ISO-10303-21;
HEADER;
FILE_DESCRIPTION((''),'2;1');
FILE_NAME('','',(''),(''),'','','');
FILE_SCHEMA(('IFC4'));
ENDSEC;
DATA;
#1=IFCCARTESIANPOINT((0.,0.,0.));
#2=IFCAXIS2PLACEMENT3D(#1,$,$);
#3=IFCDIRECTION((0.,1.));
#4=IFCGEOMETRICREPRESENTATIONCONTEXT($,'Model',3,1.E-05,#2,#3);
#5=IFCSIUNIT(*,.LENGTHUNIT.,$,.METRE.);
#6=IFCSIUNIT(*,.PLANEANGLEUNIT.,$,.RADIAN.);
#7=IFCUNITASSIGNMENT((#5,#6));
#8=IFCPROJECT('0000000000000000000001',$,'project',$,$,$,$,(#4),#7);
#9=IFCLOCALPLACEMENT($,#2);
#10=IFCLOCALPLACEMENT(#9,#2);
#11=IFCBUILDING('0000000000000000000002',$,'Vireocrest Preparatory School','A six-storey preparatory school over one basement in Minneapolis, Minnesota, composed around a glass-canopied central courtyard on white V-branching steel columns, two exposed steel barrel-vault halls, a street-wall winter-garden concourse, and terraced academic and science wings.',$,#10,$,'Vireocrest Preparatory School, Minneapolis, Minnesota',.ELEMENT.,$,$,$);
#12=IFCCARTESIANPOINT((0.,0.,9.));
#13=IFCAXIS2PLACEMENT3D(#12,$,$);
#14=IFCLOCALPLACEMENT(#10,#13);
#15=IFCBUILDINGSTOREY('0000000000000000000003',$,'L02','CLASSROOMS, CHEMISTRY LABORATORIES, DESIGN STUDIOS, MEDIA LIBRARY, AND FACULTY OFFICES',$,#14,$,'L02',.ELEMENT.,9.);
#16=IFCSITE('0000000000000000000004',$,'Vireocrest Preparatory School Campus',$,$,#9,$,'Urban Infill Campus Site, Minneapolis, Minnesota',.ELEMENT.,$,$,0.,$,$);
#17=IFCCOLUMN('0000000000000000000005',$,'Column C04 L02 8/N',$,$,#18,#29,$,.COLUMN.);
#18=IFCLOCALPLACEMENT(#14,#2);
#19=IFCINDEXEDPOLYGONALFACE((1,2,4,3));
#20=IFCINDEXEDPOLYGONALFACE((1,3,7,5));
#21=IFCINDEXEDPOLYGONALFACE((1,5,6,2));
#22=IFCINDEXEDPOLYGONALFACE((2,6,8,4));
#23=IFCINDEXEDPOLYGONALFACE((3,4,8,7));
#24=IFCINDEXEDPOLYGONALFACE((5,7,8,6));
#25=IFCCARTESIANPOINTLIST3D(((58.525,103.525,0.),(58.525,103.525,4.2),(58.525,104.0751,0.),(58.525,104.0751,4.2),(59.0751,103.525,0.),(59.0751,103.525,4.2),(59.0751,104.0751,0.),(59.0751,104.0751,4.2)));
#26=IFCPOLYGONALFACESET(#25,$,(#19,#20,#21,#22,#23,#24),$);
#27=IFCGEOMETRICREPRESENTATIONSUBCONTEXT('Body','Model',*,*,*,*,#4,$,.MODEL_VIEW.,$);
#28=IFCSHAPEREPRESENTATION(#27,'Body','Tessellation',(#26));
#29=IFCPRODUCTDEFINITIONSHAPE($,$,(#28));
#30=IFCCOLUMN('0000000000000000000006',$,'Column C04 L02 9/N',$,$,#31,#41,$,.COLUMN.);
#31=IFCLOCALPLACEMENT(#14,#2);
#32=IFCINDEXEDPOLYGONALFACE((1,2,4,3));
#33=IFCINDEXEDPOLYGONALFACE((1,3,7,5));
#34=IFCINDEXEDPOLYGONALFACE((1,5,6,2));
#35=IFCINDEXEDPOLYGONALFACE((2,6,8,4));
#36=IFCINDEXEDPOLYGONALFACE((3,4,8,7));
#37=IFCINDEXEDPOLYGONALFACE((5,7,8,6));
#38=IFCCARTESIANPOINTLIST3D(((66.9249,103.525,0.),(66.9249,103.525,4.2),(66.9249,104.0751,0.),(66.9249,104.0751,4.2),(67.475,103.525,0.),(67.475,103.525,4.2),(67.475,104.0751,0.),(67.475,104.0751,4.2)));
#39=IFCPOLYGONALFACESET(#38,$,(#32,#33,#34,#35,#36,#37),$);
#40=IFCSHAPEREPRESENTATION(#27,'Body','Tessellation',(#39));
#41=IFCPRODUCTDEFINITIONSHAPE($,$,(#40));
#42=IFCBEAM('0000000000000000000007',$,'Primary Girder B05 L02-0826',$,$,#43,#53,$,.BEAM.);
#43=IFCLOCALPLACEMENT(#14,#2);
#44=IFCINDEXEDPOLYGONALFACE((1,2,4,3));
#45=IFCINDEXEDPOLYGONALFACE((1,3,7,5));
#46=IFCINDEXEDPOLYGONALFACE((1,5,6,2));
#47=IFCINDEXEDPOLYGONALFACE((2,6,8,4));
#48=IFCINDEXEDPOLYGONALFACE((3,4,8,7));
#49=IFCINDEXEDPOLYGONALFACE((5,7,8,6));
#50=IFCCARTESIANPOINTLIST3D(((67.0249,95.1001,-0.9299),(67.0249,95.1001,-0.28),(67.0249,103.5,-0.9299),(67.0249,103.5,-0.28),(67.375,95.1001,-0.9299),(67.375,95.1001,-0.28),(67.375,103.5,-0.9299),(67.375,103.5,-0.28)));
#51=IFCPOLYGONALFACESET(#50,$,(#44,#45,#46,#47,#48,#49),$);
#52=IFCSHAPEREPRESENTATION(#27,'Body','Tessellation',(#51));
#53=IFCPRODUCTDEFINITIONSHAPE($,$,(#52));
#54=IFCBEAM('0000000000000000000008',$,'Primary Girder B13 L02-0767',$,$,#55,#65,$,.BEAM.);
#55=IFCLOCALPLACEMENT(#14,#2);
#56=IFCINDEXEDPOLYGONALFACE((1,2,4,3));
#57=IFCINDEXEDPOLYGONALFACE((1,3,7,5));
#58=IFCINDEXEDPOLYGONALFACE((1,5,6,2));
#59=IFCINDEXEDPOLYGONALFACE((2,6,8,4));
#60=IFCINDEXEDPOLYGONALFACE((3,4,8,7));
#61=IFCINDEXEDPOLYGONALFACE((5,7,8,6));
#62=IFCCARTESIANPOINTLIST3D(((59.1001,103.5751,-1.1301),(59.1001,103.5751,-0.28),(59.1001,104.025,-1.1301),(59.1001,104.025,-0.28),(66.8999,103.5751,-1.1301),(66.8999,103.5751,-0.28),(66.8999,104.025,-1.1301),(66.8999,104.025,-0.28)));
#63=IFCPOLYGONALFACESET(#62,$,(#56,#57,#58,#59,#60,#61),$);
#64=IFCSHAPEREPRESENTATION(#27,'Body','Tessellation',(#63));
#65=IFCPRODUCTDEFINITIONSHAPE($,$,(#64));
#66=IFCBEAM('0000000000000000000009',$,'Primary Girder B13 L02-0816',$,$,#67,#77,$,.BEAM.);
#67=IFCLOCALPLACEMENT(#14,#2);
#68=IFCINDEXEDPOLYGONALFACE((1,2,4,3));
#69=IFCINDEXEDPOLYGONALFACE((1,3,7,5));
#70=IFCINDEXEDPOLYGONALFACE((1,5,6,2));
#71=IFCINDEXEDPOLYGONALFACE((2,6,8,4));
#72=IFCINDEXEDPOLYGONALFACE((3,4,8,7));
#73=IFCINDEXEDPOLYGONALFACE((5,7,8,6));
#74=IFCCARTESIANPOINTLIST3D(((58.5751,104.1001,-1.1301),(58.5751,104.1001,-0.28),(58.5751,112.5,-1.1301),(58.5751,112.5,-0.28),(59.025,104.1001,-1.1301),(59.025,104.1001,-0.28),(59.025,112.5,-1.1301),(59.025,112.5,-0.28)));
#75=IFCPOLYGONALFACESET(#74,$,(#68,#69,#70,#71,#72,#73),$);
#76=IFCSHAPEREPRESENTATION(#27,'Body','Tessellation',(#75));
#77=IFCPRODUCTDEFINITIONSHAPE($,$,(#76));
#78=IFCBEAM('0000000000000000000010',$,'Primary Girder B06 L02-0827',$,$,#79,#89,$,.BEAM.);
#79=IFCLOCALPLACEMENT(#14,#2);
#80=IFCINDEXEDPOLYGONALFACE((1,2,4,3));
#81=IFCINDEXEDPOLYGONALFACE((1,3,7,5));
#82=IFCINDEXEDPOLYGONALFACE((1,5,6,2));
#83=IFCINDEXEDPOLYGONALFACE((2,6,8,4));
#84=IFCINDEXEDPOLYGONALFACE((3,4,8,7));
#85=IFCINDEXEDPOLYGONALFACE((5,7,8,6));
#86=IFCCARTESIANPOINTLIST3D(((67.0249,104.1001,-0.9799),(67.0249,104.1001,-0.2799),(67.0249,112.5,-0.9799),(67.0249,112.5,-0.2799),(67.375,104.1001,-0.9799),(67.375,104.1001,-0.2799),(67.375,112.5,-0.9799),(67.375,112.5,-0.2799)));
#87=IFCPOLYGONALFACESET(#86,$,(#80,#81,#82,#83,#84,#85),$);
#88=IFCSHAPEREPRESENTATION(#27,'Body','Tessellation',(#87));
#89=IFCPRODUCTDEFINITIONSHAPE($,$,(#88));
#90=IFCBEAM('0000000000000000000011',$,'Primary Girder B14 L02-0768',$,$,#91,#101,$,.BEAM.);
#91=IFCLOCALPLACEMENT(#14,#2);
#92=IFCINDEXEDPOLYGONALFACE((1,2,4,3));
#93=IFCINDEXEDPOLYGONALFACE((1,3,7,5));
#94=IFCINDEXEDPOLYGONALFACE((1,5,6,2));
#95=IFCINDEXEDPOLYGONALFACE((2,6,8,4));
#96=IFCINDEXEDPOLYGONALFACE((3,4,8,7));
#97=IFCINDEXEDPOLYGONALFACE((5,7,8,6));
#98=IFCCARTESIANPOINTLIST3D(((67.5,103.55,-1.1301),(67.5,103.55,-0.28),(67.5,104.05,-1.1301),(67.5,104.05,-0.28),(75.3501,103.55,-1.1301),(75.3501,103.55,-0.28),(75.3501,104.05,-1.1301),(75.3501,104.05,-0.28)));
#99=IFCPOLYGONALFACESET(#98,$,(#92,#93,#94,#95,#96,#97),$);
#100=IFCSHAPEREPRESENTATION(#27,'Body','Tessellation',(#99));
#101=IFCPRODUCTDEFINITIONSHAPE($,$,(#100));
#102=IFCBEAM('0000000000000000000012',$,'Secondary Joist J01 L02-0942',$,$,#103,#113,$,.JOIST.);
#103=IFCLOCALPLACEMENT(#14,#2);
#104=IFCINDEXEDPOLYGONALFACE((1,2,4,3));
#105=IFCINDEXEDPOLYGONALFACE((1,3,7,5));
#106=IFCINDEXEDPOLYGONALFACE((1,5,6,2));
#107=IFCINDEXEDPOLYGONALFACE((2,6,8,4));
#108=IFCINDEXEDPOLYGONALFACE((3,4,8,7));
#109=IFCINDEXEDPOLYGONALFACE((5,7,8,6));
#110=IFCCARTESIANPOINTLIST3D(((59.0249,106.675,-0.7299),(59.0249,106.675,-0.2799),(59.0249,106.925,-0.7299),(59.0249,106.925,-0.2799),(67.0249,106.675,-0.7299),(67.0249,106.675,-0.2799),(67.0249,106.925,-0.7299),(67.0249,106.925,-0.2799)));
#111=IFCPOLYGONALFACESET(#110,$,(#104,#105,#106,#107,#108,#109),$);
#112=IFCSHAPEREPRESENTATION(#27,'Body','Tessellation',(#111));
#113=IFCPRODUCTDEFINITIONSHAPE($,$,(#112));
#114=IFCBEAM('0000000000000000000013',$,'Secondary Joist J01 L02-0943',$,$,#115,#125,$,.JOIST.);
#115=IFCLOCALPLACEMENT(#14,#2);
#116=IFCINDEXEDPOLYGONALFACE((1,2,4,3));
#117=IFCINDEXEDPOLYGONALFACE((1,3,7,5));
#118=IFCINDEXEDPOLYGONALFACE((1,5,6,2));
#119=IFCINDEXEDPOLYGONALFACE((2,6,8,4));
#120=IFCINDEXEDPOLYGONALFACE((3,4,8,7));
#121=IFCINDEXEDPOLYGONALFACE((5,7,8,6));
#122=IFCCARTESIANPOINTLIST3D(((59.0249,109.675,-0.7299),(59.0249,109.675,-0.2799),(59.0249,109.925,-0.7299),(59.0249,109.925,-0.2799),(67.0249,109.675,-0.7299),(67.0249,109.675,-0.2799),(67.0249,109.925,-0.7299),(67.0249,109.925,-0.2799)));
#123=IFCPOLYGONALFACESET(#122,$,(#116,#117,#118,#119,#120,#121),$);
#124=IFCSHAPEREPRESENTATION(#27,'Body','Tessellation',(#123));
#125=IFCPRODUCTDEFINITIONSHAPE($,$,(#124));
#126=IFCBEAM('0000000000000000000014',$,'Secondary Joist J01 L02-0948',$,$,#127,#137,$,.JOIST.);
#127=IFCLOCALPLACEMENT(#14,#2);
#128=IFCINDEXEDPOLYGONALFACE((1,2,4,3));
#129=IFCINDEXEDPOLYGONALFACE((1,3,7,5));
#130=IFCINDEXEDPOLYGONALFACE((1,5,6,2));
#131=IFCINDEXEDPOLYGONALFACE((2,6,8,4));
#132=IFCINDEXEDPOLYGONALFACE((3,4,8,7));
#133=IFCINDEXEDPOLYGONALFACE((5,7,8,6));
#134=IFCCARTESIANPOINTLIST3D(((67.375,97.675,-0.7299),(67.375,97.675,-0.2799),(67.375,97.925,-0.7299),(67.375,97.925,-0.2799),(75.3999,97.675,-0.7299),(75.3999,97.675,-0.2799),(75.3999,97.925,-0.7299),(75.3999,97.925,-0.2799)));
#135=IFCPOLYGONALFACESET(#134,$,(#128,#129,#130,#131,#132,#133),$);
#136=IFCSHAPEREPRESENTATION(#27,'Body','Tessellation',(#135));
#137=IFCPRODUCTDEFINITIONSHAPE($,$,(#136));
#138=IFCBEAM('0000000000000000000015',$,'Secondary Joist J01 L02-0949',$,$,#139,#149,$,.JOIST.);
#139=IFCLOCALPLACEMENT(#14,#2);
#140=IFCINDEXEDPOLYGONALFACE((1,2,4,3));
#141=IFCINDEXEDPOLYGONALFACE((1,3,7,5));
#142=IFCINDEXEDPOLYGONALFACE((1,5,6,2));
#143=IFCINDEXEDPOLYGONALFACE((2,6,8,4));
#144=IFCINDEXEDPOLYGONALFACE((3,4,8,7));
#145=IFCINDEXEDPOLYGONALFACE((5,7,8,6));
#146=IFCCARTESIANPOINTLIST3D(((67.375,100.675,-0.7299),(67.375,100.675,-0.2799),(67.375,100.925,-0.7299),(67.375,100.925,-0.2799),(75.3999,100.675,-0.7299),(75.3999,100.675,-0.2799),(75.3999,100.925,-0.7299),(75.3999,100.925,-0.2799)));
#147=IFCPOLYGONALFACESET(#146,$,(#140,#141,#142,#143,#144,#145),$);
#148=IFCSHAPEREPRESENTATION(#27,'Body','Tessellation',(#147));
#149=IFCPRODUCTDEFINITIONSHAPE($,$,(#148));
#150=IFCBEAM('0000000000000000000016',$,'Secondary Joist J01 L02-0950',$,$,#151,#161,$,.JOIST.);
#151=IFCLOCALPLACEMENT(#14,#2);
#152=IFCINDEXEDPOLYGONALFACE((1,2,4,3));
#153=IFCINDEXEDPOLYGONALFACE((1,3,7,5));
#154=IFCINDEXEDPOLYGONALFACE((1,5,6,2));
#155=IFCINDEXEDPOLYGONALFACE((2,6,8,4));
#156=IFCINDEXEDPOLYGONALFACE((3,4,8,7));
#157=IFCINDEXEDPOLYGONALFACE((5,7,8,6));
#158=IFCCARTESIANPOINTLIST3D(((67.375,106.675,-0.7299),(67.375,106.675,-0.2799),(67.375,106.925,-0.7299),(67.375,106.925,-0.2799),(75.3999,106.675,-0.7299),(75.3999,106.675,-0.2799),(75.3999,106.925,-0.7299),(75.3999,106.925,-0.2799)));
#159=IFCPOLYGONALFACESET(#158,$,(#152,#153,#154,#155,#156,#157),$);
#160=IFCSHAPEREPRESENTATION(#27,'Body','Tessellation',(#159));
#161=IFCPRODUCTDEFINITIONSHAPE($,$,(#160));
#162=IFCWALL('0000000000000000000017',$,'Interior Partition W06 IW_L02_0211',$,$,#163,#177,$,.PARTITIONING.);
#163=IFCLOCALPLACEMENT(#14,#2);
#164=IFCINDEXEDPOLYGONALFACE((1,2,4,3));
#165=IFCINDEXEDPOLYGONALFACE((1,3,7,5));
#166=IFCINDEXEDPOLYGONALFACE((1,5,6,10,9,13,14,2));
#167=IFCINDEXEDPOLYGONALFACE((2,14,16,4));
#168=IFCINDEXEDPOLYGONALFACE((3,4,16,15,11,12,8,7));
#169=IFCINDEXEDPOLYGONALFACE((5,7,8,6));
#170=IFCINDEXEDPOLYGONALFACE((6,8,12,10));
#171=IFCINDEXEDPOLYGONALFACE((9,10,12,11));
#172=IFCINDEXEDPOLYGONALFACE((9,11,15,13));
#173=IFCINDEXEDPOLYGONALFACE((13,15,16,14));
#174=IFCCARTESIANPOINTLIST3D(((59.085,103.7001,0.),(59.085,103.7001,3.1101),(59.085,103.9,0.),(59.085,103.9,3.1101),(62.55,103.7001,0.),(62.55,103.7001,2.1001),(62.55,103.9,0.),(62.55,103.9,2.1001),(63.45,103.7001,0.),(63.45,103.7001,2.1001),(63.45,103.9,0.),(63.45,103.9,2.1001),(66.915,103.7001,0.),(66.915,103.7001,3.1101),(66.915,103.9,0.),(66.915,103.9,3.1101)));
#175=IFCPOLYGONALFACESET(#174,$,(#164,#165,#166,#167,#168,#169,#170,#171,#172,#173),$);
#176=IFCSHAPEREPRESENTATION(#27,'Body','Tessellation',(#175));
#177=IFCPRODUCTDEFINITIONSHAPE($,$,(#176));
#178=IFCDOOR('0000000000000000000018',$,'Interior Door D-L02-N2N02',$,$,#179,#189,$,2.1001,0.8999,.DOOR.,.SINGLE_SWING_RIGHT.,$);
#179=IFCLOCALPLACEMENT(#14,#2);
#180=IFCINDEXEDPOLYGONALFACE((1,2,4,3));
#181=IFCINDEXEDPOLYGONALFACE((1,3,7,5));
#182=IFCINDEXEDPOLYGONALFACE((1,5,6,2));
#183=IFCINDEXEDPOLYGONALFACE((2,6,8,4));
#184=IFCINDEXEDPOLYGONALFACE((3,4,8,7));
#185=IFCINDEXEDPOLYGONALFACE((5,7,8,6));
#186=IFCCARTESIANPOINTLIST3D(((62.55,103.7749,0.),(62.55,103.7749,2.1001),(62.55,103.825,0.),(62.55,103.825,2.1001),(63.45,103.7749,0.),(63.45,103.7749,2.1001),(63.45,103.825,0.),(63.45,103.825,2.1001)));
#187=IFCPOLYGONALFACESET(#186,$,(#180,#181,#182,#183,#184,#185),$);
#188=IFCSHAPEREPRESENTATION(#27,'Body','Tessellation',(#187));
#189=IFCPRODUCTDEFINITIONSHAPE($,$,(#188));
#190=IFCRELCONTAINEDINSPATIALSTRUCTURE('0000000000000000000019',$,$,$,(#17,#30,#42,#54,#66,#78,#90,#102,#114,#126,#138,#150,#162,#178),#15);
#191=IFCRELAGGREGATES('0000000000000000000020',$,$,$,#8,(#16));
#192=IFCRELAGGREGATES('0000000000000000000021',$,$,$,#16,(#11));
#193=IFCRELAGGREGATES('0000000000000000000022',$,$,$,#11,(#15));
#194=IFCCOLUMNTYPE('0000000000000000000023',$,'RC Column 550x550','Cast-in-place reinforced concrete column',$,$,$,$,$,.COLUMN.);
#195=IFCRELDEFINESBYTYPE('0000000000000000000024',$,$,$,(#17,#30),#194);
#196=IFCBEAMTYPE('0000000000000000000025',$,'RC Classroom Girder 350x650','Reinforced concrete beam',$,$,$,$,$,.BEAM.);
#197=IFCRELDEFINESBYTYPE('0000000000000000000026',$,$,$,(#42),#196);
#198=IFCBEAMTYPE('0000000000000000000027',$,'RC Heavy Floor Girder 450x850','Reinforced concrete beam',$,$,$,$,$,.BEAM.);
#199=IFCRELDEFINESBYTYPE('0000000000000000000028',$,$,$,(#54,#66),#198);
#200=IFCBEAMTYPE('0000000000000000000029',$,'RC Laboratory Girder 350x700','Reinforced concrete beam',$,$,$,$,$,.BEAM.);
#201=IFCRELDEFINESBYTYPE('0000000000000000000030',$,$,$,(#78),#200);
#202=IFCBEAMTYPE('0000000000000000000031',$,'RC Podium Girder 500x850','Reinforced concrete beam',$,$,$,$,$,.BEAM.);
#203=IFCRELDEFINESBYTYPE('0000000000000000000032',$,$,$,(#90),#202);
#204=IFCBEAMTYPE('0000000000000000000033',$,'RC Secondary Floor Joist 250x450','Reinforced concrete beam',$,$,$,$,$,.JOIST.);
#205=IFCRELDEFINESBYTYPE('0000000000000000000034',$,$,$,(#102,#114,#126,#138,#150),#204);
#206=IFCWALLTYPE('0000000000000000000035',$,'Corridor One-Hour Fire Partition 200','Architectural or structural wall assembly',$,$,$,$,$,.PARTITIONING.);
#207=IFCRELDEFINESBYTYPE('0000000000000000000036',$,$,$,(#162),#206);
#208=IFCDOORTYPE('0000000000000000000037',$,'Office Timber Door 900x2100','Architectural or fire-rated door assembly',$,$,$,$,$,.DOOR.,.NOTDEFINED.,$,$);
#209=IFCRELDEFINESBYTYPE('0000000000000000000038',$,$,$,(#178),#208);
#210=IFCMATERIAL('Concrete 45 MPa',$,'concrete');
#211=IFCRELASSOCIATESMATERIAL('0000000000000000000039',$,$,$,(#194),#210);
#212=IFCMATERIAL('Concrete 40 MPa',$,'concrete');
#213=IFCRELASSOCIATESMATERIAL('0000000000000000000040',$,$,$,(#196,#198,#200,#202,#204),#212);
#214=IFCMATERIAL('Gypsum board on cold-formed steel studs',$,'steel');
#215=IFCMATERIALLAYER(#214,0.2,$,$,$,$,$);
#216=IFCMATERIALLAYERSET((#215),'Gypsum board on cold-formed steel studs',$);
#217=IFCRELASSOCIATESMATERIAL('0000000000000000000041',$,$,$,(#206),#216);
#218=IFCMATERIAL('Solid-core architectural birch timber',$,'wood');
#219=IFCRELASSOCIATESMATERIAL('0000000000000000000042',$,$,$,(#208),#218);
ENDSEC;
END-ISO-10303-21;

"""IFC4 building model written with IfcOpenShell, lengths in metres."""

from ifc_helpers import new_model, si_unit, direction, frame, frame_2d, origin, origin_2d, place, context, subcontext, project, spatial, rectangle, extrude, material, layer, layer_set, material_profile, profile_set, type_object, element, fill, save


model = new_model("IFC4")

# Units and contexts
model_context = context("Model", 3, precision=1e-05, world=origin(), true_north=direction((0.0, 1.0)))
body_context = subcontext(model_context, "Body", "Model", "MODEL_VIEW")
ifc_project = project(units=[si_unit("LENGTHUNIT", "METRE"), si_unit("PLANEANGLEUNIT", "RADIAN")], contexts=[model_context])

# Site, building, storey
site_placement = place(None, origin())
site = spatial("IfcSite", under=ifc_project, at=site_placement, Name="Vireocrest Preparatory School Campus", LongName="Urban Infill Campus Site, Minneapolis, Minnesota", CompositionType="ELEMENT", RefElevation=0.0)
building_placement = place(site_placement, origin())
building = spatial("IfcBuilding", under=site, at=building_placement, Name="Vireocrest Preparatory School", Description="A six-storey preparatory school over one basement in Minneapolis, Minnesota, composed around a glass-canopied central courtyard on white V-branching steel columns, two exposed steel barrel-vault halls, a street-wall winter-garden concourse, and terraced academic and science wings.", LongName="Vireocrest Preparatory School, Minneapolis, Minnesota", CompositionType="ELEMENT")
storey_placement = place(building_placement, frame((0.0, 0.0, 9.0)))
storey = spatial("IfcBuildingStorey", under=building, at=storey_placement, Name="L02", Description="CLASSROOMS, CHEMISTRY LABORATORIES, DESIGN STUDIOS, MEDIA LIBRARY, AND FACULTY OFFICES", LongName="L02", CompositionType="ELEMENT", Elevation=9.0)

# Columns
ifc_material_1 = material(Name="Concrete 45 MPa", Category="concrete")
ifc_material_profile_1 = material_profile(ifc_material_1, rectangle(XDim=0.55, YDim=0.55, at=origin_2d()), Name="RC 550x550")
ifc_profile_set_1 = profile_set([ifc_material_profile_1], Name="Concrete 45 MPa")
column_type = type_object("IfcColumnType", Name="RC Column 550x550", Description="Cast-in-place reinforced concrete column", PredefinedType="COLUMN", material=ifc_profile_set_1)
for number, where, z_axis, x_axis, name in (
    (1, (58.8, 103.8, 0.0), (0.0, 0.0, 1.0), (1.0, 0.0, 0.0), "Column C04 L02 8/N"),
    (2, (67.2, 103.8, 0.0), (0.0, 0.0, 1.0), (1.0, 0.0, 0.0), "Column C04 L02 9/N"),
):
    element("IfcColumn", number, at=place(storey_placement, frame(where, z_axis=z_axis, x_axis=x_axis)), inside=storey, type_object=column_type, Name=name, PredefinedType="COLUMN", context=body_context, shape_type="SweptSolid", body=[
        extrude(rectangle(XDim=0.55, YDim=0.55, at=origin_2d()), origin(), (0.0, 0.0, 1.0), 4.2),
    ])

# Beams
ifc_material_2 = material(Name="Concrete 40 MPa", Category="concrete")
ifc_material_profile_2 = material_profile(ifc_material_2, rectangle(XDim=0.3501, YDim=0.6499, at=origin_2d()), Name="RC 350x650")
ifc_profile_set_2 = profile_set([ifc_material_profile_2], Name="Concrete 40 MPa")
beam_type_1 = type_object("IfcBeamType", Name="RC Classroom Girder 350x650", Description="Reinforced concrete beam", PredefinedType="BEAM", material=ifc_profile_set_2)
beam_1_placement = place(storey_placement, frame((67.2, 95.1001, -0.605), z_axis=(0.0, 1.0, 0.0), x_axis=(-1.0, 0.0, 0.0)))
element("IfcBeam", 3, at=beam_1_placement, inside=storey, type_object=beam_type_1, Name="Primary Girder B05 L02-0826", PredefinedType="BEAM", context=body_context, shape_type="SweptSolid", body=[
    extrude(rectangle(XDim=0.3501, YDim=0.6499, at=origin_2d()), origin(), (0.0, 0.0, 1.0), 8.3999),
])
ifc_material_profile_3 = material_profile(ifc_material_2, rectangle(XDim=0.45, YDim=0.8501, at=origin_2d()), Name="RC 450x850")
ifc_profile_set_3 = profile_set([ifc_material_profile_3], Name="Concrete 40 MPa")
beam_type_2 = type_object("IfcBeamType", Name="RC Heavy Floor Girder 450x850", Description="Reinforced concrete beam", PredefinedType="BEAM", material=ifc_profile_set_3)
beam_2_placement = place(storey_placement, frame((59.1001, 103.8, -0.7051), z_axis=(1.0, 0.0, 0.0), x_axis=(0.0, 1.0, 0.0)))
element("IfcBeam", 4, at=beam_2_placement, inside=storey, type_object=beam_type_2, Name="Primary Girder B13 L02-0767", PredefinedType="BEAM", context=body_context, shape_type="SweptSolid", body=[
    extrude(rectangle(XDim=0.45, YDim=0.8501, at=origin_2d()), origin(), (0.0, 0.0, 1.0), 7.7998),
])
beam_3_placement = place(storey_placement, frame((58.8, 104.1001, -0.7051), z_axis=(0.0, 1.0, 0.0), x_axis=(-1.0, 0.0, 0.0)))
element("IfcBeam", 5, at=beam_3_placement, inside=storey, type_object=beam_type_2, Name="Primary Girder B13 L02-0816", PredefinedType="BEAM", context=body_context, shape_type="SweptSolid", body=[
    extrude(rectangle(XDim=0.45, YDim=0.8501, at=origin_2d()), origin(), (0.0, 0.0, 1.0), 8.3999),
])
ifc_material_profile_4 = material_profile(ifc_material_2, rectangle(XDim=0.3501, YDim=0.7, at=origin_2d()), Name="RC 350x700")
ifc_profile_set_4 = profile_set([ifc_material_profile_4], Name="Concrete 40 MPa")
beam_type_3 = type_object("IfcBeamType", Name="RC Laboratory Girder 350x700", Description="Reinforced concrete beam", PredefinedType="BEAM", material=ifc_profile_set_4)
beam_4_placement = place(storey_placement, frame((67.2, 104.1001, -0.6299), z_axis=(0.0, 1.0, 0.0), x_axis=(-1.0, 0.0, 0.0)))
element("IfcBeam", 6, at=beam_4_placement, inside=storey, type_object=beam_type_3, Name="Primary Girder B06 L02-0827", PredefinedType="BEAM", context=body_context, shape_type="SweptSolid", body=[
    extrude(rectangle(XDim=0.3501, YDim=0.7, at=origin_2d()), origin(), (0.0, 0.0, 1.0), 8.3999),
])
ifc_material_profile_5 = material_profile(ifc_material_2, rectangle(XDim=0.5, YDim=0.8501, at=origin_2d()), Name="RC 500x850")
ifc_profile_set_5 = profile_set([ifc_material_profile_5], Name="Concrete 40 MPa")
beam_type_4 = type_object("IfcBeamType", Name="RC Podium Girder 500x850", Description="Reinforced concrete beam", PredefinedType="BEAM", material=ifc_profile_set_5)
beam_5_placement = place(storey_placement, frame((67.5, 103.8, -0.7051), z_axis=(1.0, 0.0, 0.0), x_axis=(0.0, 1.0, 0.0)))
element("IfcBeam", 7, at=beam_5_placement, inside=storey, type_object=beam_type_4, Name="Primary Girder B14 L02-0768", PredefinedType="BEAM", context=body_context, shape_type="SweptSolid", body=[
    extrude(rectangle(XDim=0.5, YDim=0.8501, at=origin_2d()), origin(), (0.0, 0.0, 1.0), 7.8501),
])
ifc_material_profile_6 = material_profile(ifc_material_2, rectangle(XDim=0.25, YDim=0.45, at=origin_2d()), Name="RC 250x450")
ifc_profile_set_6 = profile_set([ifc_material_profile_6], Name="Concrete 40 MPa")
beam_type_5 = type_object("IfcBeamType", Name="RC Secondary Floor Joist 250x450", Description="Reinforced concrete beam", PredefinedType="JOIST", material=ifc_profile_set_6)
for number, where, z_axis, x_axis, name in (
    (8, (59.0249, 106.8, -0.5049), (1.0, 0.0, 0.0), (0.0, 1.0, 0.0), "Secondary Joist J01 L02-0942"),
    (9, (59.0249, 109.8, -0.5049), (1.0, 0.0, 0.0), (0.0, 1.0, 0.0), "Secondary Joist J01 L02-0943"),
):
    element("IfcBeam", number, at=place(storey_placement, frame(where, z_axis=z_axis, x_axis=x_axis)), inside=storey, type_object=beam_type_5, Name=name, PredefinedType="JOIST", context=body_context, shape_type="SweptSolid", body=[
        extrude(rectangle(XDim=0.25, YDim=0.45, at=origin_2d()), origin(), (0.0, 0.0, 1.0), 8.0),
    ])
for number, where, z_axis, x_axis, name in (
    (10, (67.375, 97.8, -0.5049), (1.0, 0.0, 0.0), (0.0, 1.0, 0.0), "Secondary Joist J01 L02-0948"),
    (11, (67.375, 100.8, -0.5049), (1.0, 0.0, 0.0), (0.0, 1.0, 0.0), "Secondary Joist J01 L02-0949"),
    (12, (67.375, 106.8, -0.5049), (1.0, 0.0, 0.0), (0.0, 1.0, 0.0), "Secondary Joist J01 L02-0950"),
):
    element("IfcBeam", number, at=place(storey_placement, frame(where, z_axis=z_axis, x_axis=x_axis)), inside=storey, type_object=beam_type_5, Name=name, PredefinedType="JOIST", context=body_context, shape_type="SweptSolid", body=[
        extrude(rectangle(XDim=0.25, YDim=0.45, at=origin_2d()), origin(), (0.0, 0.0, 1.0), 8.0249),
    ])

# Wall, opening, door
ifc_material_3 = material(Name="Gypsum board on cold-formed steel studs", Category="steel")
ifc_layer_1 = layer(ifc_material_3, 0.2)
ifc_layer_set_1 = layer_set([ifc_layer_1], Name="Gypsum board on cold-formed steel studs")
wall_type_1 = type_object("IfcWallType", Name="Corridor One-Hour Fire Partition 200", Description="Architectural or structural wall assembly", PredefinedType="PARTITIONING", material=ifc_layer_set_1)
wall_1_placement = place(storey_placement, frame((59.085, 103.8, 0.0), z_axis=(0.0, 0.0, 1.0), x_axis=(1.0, 0.0, 0.0)))
wall_1 = element("IfcWall", 13, at=wall_1_placement, inside=storey, type_object=wall_type_1, Name="Interior Partition W06 IW_L02_0211", PredefinedType="PARTITIONING", context=body_context, shape_type="SweptSolid", body=[
    extrude(rectangle(XDim=7.8301, YDim=0.2, at=frame_2d((3.915, 0.0))), origin(), (0.0, 0.0, 1.0), 3.1101),
])
opening_1_placement = place(wall_1_placement, frame((3.4651, 0.0, 0.0)))
opening_1 = element("IfcOpeningElement", 14, at=opening_1_placement, cuts=wall_1, PredefinedType="OPENING", context=body_context, shape_type="SweptSolid", body=[
    extrude(rectangle(XDim=0.8999, YDim=2.1001, at=frame_2d((0.45, 1.05))), frame((0.0, 0.1099, 0.0), z_axis=(0.0, -1.0, 0.0), x_axis=(1.0, 0.0, 0.0)), (0.0, 0.0, 1.0), 0.22),
])
ifc_material_4 = material(Name="Solid-core architectural birch timber", Category="wood")
door_type = type_object("IfcDoorType", Name="Office Timber Door 900x2100", Description="Architectural or fire-rated door assembly", OperationType="NOTDEFINED", PredefinedType="DOOR", material=ifc_material_4)
door_1_placement = place(opening_1_placement, origin())
door_1 = element("IfcDoor", 15, at=door_1_placement, inside=storey, type_object=door_type, Name="Interior Door D-L02-N2N02", OperationType="SINGLE_SWING_RIGHT", OverallHeight=2.1001, OverallWidth=0.8999, PredefinedType="DOOR", context=body_context, shape_type="SweptSolid", body=[
    extrude(rectangle(XDim=0.8999, YDim=2.1001, at=frame_2d((0.45, 1.05))), frame((0.0, 0.0249, 0.0), z_axis=(0.0, -1.0, 0.0), x_axis=(1.0, 0.0, 0.0)), (0.0, 0.0, 1.0), 0.05),
])
fill(opening_1, door_1)

save(model, "model.ifc")
